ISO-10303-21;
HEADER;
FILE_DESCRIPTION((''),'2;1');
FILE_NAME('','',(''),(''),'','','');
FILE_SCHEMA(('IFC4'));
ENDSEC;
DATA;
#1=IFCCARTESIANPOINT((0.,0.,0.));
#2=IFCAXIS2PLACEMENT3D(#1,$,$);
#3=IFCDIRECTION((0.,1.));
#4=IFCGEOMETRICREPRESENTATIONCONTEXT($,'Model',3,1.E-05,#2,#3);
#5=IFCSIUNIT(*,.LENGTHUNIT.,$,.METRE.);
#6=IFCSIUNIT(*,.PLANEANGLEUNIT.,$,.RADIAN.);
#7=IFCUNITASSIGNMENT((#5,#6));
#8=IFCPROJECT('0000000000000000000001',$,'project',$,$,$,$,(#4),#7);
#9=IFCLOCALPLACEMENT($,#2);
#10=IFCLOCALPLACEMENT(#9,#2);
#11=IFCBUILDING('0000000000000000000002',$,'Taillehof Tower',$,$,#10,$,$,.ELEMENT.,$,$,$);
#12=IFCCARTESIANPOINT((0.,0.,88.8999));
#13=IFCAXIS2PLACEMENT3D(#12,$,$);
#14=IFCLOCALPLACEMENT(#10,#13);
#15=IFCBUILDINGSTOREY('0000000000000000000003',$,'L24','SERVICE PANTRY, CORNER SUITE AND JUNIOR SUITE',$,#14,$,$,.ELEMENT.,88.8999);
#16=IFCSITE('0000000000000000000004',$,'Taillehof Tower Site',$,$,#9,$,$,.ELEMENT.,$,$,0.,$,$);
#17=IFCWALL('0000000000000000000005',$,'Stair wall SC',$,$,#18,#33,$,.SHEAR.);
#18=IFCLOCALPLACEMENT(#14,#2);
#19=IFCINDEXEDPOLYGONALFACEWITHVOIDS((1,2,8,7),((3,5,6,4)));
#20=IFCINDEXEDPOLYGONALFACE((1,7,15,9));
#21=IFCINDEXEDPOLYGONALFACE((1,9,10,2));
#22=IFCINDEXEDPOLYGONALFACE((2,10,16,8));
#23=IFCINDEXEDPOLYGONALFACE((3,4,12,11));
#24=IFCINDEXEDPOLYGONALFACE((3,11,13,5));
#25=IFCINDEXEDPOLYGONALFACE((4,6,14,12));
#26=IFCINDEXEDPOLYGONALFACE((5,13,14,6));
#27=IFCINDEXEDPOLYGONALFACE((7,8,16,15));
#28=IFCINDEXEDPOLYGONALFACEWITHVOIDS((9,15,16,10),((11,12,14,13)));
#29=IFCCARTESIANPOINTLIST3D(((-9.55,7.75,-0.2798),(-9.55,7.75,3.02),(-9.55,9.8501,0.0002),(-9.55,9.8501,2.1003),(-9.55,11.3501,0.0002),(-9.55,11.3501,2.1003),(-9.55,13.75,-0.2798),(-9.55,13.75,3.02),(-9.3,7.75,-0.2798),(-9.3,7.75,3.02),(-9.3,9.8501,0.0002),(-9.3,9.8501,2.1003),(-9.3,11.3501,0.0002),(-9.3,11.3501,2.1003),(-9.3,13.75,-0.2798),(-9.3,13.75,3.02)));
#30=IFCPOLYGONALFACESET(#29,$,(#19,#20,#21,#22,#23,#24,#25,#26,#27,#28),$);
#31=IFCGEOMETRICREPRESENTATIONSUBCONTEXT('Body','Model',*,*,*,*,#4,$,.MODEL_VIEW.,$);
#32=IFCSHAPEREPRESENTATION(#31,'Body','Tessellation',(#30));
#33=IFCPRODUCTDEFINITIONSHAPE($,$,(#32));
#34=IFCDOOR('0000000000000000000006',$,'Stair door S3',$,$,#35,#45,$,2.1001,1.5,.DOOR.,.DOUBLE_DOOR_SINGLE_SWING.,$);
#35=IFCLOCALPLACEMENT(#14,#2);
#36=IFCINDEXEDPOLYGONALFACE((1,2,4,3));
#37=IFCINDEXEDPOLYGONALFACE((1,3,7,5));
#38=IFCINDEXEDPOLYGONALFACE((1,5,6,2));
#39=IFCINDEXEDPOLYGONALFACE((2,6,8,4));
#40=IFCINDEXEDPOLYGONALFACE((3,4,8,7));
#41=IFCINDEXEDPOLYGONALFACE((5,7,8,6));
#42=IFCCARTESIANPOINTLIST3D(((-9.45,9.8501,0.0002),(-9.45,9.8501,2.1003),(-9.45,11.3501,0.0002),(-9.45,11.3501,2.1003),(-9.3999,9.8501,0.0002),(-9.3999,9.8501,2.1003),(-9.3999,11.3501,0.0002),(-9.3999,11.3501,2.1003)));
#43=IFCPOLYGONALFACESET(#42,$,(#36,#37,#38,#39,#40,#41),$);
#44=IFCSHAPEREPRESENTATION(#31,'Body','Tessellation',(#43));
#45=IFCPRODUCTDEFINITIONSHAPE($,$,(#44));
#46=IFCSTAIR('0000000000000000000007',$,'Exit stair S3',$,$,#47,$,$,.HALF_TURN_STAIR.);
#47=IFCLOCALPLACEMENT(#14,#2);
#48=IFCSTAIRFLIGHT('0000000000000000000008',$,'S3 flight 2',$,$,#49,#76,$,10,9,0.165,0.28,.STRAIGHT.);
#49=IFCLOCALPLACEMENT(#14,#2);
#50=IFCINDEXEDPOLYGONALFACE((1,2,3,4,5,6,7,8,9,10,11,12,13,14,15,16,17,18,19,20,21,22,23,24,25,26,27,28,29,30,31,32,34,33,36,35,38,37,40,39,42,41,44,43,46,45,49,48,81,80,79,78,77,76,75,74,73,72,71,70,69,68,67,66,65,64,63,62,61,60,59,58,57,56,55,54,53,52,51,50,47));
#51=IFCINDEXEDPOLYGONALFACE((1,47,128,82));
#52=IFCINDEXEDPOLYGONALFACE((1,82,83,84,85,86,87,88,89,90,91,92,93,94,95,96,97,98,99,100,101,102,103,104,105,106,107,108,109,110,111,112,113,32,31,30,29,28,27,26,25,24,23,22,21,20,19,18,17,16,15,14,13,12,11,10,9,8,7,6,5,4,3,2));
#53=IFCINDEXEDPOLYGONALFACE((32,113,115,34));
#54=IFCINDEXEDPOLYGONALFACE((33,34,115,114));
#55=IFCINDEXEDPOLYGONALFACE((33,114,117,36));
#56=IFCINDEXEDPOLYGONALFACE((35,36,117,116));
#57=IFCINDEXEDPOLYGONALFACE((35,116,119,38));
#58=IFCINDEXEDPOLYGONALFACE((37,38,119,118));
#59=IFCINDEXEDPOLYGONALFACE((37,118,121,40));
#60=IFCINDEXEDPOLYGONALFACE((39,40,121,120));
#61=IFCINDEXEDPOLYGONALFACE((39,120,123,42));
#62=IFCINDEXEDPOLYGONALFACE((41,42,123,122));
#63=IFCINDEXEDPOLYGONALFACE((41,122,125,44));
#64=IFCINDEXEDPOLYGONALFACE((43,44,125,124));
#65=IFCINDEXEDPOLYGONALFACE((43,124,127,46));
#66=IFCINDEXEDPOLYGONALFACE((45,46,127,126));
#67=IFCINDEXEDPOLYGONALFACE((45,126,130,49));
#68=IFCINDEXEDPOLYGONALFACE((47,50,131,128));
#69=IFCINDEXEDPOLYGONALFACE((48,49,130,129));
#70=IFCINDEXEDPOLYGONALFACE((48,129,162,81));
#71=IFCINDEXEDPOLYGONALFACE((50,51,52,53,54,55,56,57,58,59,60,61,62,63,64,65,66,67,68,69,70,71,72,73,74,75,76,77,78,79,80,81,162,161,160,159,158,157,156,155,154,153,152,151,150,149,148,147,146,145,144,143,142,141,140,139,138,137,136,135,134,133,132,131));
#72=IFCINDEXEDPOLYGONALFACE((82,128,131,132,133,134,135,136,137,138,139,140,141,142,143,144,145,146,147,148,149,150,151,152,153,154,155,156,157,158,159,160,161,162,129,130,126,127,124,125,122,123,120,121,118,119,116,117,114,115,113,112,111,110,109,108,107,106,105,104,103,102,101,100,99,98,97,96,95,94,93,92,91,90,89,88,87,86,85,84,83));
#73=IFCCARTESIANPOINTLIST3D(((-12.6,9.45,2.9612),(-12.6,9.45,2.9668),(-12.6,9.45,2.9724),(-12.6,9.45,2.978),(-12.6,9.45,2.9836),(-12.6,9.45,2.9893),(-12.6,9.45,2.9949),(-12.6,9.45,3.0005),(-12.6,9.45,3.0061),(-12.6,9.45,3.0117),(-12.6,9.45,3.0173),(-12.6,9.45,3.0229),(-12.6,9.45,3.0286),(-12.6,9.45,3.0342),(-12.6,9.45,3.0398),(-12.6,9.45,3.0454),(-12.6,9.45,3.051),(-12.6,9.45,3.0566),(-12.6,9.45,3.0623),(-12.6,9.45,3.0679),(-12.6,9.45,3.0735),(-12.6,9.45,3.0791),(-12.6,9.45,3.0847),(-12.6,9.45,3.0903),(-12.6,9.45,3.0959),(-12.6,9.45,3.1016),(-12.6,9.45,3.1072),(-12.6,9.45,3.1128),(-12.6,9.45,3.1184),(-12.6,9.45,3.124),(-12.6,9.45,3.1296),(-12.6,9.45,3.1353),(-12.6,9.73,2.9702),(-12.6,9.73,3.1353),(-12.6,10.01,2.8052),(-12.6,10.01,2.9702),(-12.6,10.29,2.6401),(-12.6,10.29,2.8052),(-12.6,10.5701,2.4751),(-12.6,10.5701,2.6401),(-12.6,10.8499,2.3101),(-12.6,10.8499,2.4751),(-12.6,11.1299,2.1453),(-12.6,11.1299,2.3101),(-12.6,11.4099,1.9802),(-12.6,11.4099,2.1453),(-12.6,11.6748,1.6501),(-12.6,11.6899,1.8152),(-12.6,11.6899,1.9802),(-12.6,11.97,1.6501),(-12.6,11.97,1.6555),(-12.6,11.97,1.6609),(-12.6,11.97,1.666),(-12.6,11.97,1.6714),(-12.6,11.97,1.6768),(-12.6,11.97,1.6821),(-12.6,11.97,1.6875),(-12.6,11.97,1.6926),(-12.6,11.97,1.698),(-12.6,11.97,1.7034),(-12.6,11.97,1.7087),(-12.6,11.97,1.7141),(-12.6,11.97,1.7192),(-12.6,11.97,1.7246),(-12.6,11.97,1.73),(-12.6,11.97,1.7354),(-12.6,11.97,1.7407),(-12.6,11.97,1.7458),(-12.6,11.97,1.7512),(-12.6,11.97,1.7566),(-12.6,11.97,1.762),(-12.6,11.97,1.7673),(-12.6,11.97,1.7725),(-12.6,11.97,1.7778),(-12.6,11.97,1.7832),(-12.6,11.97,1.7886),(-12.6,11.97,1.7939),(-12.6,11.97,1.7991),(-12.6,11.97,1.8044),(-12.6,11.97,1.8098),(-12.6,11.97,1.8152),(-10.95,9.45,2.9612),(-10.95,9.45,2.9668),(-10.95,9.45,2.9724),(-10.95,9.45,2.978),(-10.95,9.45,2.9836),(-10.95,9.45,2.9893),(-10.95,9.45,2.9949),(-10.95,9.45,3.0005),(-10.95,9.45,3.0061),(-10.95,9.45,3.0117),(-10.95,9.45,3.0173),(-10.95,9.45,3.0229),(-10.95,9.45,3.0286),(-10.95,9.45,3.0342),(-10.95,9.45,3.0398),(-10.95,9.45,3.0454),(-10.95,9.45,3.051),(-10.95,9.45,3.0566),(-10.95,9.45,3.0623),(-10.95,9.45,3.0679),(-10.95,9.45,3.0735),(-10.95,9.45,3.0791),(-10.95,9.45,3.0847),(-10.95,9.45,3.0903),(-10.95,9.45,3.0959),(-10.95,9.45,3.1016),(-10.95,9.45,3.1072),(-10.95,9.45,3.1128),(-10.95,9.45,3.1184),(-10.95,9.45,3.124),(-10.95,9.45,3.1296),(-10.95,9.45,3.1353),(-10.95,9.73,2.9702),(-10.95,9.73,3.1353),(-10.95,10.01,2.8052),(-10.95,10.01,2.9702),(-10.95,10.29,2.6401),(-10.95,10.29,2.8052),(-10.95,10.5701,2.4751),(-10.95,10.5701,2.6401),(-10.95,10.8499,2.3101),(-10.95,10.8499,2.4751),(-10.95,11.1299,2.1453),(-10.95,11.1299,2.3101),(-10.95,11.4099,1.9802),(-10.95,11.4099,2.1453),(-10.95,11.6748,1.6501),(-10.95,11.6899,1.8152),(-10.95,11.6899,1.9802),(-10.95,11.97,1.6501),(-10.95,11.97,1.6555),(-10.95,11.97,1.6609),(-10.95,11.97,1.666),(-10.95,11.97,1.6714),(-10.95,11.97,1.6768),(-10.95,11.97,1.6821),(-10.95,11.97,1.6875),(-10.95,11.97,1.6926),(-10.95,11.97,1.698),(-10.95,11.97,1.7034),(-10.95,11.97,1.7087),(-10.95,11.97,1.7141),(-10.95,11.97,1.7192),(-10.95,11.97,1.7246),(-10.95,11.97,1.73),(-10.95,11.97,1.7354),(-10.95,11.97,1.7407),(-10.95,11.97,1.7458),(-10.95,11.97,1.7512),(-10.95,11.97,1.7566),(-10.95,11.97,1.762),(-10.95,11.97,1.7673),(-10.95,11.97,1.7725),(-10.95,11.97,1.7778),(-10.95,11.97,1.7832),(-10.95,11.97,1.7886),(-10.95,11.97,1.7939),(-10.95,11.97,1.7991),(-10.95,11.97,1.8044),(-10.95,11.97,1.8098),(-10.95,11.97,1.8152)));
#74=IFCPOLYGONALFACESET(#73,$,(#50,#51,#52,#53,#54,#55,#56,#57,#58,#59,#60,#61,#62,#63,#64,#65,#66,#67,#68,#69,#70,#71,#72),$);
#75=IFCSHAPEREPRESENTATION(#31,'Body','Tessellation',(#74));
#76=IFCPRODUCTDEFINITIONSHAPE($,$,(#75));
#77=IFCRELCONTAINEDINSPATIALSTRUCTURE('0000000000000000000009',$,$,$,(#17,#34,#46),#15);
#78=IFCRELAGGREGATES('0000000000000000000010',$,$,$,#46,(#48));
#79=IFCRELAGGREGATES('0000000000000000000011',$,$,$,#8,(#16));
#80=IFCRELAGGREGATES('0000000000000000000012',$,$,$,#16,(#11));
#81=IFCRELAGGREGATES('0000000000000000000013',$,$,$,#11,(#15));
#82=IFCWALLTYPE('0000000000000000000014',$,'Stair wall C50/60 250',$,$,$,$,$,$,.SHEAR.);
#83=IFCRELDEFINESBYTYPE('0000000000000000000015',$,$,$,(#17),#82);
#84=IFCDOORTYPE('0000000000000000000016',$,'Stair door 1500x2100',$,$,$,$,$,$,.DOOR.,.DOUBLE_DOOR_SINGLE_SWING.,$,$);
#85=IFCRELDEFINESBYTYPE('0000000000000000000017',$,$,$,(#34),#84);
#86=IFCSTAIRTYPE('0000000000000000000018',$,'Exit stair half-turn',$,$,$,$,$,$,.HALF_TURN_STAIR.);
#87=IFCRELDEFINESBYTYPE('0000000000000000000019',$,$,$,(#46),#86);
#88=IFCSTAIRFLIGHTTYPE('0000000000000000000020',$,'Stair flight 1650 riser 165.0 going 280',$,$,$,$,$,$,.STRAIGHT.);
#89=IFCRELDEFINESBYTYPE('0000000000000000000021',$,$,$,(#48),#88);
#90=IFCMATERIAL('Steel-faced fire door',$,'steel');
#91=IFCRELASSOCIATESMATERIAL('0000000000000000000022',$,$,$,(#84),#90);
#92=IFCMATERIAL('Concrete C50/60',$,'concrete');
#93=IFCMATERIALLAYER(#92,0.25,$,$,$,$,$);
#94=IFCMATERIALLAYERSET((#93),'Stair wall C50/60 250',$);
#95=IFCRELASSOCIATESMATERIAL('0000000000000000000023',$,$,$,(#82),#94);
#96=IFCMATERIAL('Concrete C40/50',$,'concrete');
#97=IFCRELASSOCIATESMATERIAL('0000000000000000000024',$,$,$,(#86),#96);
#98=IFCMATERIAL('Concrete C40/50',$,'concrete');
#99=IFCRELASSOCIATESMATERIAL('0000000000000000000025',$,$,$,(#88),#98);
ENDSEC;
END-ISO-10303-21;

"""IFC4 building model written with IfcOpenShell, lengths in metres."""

from ifc_helpers import new_model, si_unit, direction, frame, frame_2d, origin, place, context, subcontext, project, spatial, polyline, rectangle, outline, extrude, material, layer, layer_set, type_object, element, fill, aggregate, save


model = new_model("IFC4")

# Units and contexts
model_context = context("Model", 3, precision=1e-05, world=origin(), true_north=direction((0.0, 1.0)))
body_context = subcontext(model_context, "Body", "Model", "MODEL_VIEW")
ifc_project = project(units=[si_unit("LENGTHUNIT", "METRE"), si_unit("PLANEANGLEUNIT", "RADIAN")], contexts=[model_context])

# Site, building, storey
site_placement = place(None, origin())
site = spatial("IfcSite", under=ifc_project, at=site_placement, Name="Taillehof Tower Site", CompositionType="ELEMENT", RefElevation=0.0)
building_placement = place(site_placement, origin())
building = spatial("IfcBuilding", under=site, at=building_placement, Name="Taillehof Tower", CompositionType="ELEMENT")
storey_placement = place(building_placement, frame((0.0, 0.0, 88.8999)))
storey = spatial("IfcBuildingStorey", under=building, at=storey_placement, Name="L24", Description="SERVICE PANTRY, CORNER SUITE AND JUNIOR SUITE", CompositionType="ELEMENT", Elevation=88.8999)

# Wall, opening, door
ifc_material_1 = material(Name="Steel-faced fire door", Category="steel")
door_type_1 = type_object("IfcDoorType", Name="Stair door 1500x2100", OperationType="DOUBLE_DOOR_SINGLE_SWING", PredefinedType="DOOR", material=ifc_material_1)
ifc_material_2 = material(Name="Concrete C50/60", Category="concrete")
ifc_layer_1 = layer(ifc_material_2, 0.25)
ifc_layer_set_1 = layer_set([ifc_layer_1], Name="Stair wall C50/60 250")
wall_type_1 = type_object("IfcWallType", Name="Stair wall C50/60 250", PredefinedType="SHEAR", material=ifc_layer_set_1)
wall_1_placement = place(storey_placement, frame((-9.425, 7.75, -0.2798), z_axis=(0.0, 0.0, 1.0), x_axis=(0.0, 1.0, 0.0)))
wall_1 = element("IfcWall", 1, at=wall_1_placement, inside=storey, type_object=wall_type_1, Name="Stair wall SC", PredefinedType="SHEAR", context=body_context, shape_type="SweptSolid", body=[
    extrude(rectangle(XDim=6.0, YDim=0.25, at=frame_2d((3.0, 0.0))), origin(), (0.0, 0.0, 1.0), 3.2998),
])
opening_1_placement = place(wall_1_placement, frame((2.1001, 0.0, 0.28)))
opening_1 = element("IfcOpeningElement", 2, at=opening_1_placement, cuts=wall_1, PredefinedType="OPENING", context=body_context, shape_type="SweptSolid", body=[
    extrude(rectangle(XDim=1.5, YDim=2.1001, at=frame_2d((0.75, 1.05))), frame((0.0, 0.135, 0.0), z_axis=(0.0, -1.0, 0.0), x_axis=(1.0, 0.0, 0.0)), (0.0, 0.0, 1.0), 0.27),
])
door_1_placement = place(opening_1_placement, origin())
door_1 = element("IfcDoor", 3, at=door_1_placement, inside=storey, type_object=door_type_1, Name="Stair door S3", OperationType="DOUBLE_DOOR_SINGLE_SWING", OverallHeight=2.1001, OverallWidth=1.5, PredefinedType="DOOR", context=body_context, shape_type="SweptSolid", body=[
    extrude(rectangle(XDim=1.5, YDim=2.1001, at=frame_2d((0.75, 1.05))), frame((0.0, 0.0249, 0.0), z_axis=(0.0, -1.0, 0.0), x_axis=(1.0, 0.0, 0.0)), (0.0, 0.0, 1.0), 0.05),
])
fill(opening_1, door_1)

# Stair, stair flight
ifc_material_3 = material(Name="Concrete C40/50", Category="concrete")
stair_type = type_object("IfcStairType", Name="Exit stair half-turn", PredefinedType="HALF_TURN_STAIR", material=ifc_material_3)
stair_placement = place(storey_placement, origin())
stair = element("IfcStair", 4, at=stair_placement, inside=storey, type_object=stair_type, Name="Exit stair S3", PredefinedType="HALF_TURN_STAIR")
ifc_material_4 = material(Name="Concrete C40/50", Category="concrete")
stair_flight_type = type_object("IfcStairFlightType", Name="Stair flight 1650 riser 165.0 going 280", PredefinedType="STRAIGHT", material=ifc_material_4)
stair_flight_placement = place(storey_placement, frame((-11.7749, 11.97, 1.6501), z_axis=(0.0, 0.0, 1.0), x_axis=(0.0, -1.0, 0.0)))
stair_flight = element("IfcStairFlight", 5, at=stair_flight_placement, type_object=stair_flight_type, Name="S3 flight 2", NumberOfRisers=10, NumberOfTreads=9, PredefinedType="STRAIGHT", RiserHeight=0.165, TreadLength=0.28, context=body_context, shape_type="SweptSolid", body=[
    extrude(outline(polyline([(0.0, 0.0), (0.0, 0.0054), (0.0, 0.0107), (0.0, 0.0159), (0.0, 0.0212), (0.0, 0.0266), (0.0, 0.032), (0.0, 0.0374), (0.0, 0.0425), (0.0, 0.0479), (0.0, 0.0532), (0.0, 0.0586), (0.0, 0.064), (0.0, 0.0691), (0.0, 0.0745), (0.0, 0.0798), (0.0, 0.0852), (0.0, 0.0906), (0.0, 0.0957), (0.0, 0.1011), (0.0, 0.1064), (0.0, 0.1118), (0.0, 0.1172), (0.0, 0.1223), (0.0, 0.1277), (0.0, 0.1331), (0.0, 0.1384), (0.0, 0.1438), (0.0, 0.1489), (0.0, 0.1543), (0.0, 0.1597), (0.0, 0.165), (0.28, 0.165), (0.28, 0.3301), (0.5601, 0.3301), (0.5601, 0.4951), (0.8401, 0.4951), (0.8401, 0.6599), (1.1201, 0.6599), (1.1201, 0.825), (1.3999, 0.825), (1.3999, 0.99), (1.6799, 0.99), (1.6799, 1.155), (1.96, 1.155), (1.96, 1.3201), (2.24, 1.3201), (2.24, 1.4851), (2.52, 1.4851), (2.52, 1.4795), (2.52, 1.4739), (2.52, 1.4683), (2.52, 1.4626), (2.52, 1.457), (2.52, 1.4514), (2.52, 1.4458), (2.52, 1.4402), (2.52, 1.4346), (2.52, 1.429), (2.52, 1.4233), (2.52, 1.4177), (2.52, 1.4121), (2.52, 1.4065), (2.52, 1.4009), (2.52, 1.3953), (2.52, 1.3896), (2.52, 1.384), (2.52, 1.3784), (2.52, 1.3728), (2.52, 1.3672), (2.52, 1.3616), (2.52, 1.356), (2.52, 1.3503), (2.52, 1.3447), (2.52, 1.3391), (2.52, 1.3335), (2.52, 1.3279), (2.52, 1.3223), (2.52, 1.3167), (2.52, 1.311), (0.2952, 0.0), (0.0, 0.0)])), frame((0.0, 0.825, 0.0), z_axis=(0.0, -1.0, 0.0), x_axis=(1.0, 0.0, 0.0)), (0.0, 0.0, 1.0), 1.65),
])
aggregate(stair, [stair_flight])

save(model, "model.ifc")
